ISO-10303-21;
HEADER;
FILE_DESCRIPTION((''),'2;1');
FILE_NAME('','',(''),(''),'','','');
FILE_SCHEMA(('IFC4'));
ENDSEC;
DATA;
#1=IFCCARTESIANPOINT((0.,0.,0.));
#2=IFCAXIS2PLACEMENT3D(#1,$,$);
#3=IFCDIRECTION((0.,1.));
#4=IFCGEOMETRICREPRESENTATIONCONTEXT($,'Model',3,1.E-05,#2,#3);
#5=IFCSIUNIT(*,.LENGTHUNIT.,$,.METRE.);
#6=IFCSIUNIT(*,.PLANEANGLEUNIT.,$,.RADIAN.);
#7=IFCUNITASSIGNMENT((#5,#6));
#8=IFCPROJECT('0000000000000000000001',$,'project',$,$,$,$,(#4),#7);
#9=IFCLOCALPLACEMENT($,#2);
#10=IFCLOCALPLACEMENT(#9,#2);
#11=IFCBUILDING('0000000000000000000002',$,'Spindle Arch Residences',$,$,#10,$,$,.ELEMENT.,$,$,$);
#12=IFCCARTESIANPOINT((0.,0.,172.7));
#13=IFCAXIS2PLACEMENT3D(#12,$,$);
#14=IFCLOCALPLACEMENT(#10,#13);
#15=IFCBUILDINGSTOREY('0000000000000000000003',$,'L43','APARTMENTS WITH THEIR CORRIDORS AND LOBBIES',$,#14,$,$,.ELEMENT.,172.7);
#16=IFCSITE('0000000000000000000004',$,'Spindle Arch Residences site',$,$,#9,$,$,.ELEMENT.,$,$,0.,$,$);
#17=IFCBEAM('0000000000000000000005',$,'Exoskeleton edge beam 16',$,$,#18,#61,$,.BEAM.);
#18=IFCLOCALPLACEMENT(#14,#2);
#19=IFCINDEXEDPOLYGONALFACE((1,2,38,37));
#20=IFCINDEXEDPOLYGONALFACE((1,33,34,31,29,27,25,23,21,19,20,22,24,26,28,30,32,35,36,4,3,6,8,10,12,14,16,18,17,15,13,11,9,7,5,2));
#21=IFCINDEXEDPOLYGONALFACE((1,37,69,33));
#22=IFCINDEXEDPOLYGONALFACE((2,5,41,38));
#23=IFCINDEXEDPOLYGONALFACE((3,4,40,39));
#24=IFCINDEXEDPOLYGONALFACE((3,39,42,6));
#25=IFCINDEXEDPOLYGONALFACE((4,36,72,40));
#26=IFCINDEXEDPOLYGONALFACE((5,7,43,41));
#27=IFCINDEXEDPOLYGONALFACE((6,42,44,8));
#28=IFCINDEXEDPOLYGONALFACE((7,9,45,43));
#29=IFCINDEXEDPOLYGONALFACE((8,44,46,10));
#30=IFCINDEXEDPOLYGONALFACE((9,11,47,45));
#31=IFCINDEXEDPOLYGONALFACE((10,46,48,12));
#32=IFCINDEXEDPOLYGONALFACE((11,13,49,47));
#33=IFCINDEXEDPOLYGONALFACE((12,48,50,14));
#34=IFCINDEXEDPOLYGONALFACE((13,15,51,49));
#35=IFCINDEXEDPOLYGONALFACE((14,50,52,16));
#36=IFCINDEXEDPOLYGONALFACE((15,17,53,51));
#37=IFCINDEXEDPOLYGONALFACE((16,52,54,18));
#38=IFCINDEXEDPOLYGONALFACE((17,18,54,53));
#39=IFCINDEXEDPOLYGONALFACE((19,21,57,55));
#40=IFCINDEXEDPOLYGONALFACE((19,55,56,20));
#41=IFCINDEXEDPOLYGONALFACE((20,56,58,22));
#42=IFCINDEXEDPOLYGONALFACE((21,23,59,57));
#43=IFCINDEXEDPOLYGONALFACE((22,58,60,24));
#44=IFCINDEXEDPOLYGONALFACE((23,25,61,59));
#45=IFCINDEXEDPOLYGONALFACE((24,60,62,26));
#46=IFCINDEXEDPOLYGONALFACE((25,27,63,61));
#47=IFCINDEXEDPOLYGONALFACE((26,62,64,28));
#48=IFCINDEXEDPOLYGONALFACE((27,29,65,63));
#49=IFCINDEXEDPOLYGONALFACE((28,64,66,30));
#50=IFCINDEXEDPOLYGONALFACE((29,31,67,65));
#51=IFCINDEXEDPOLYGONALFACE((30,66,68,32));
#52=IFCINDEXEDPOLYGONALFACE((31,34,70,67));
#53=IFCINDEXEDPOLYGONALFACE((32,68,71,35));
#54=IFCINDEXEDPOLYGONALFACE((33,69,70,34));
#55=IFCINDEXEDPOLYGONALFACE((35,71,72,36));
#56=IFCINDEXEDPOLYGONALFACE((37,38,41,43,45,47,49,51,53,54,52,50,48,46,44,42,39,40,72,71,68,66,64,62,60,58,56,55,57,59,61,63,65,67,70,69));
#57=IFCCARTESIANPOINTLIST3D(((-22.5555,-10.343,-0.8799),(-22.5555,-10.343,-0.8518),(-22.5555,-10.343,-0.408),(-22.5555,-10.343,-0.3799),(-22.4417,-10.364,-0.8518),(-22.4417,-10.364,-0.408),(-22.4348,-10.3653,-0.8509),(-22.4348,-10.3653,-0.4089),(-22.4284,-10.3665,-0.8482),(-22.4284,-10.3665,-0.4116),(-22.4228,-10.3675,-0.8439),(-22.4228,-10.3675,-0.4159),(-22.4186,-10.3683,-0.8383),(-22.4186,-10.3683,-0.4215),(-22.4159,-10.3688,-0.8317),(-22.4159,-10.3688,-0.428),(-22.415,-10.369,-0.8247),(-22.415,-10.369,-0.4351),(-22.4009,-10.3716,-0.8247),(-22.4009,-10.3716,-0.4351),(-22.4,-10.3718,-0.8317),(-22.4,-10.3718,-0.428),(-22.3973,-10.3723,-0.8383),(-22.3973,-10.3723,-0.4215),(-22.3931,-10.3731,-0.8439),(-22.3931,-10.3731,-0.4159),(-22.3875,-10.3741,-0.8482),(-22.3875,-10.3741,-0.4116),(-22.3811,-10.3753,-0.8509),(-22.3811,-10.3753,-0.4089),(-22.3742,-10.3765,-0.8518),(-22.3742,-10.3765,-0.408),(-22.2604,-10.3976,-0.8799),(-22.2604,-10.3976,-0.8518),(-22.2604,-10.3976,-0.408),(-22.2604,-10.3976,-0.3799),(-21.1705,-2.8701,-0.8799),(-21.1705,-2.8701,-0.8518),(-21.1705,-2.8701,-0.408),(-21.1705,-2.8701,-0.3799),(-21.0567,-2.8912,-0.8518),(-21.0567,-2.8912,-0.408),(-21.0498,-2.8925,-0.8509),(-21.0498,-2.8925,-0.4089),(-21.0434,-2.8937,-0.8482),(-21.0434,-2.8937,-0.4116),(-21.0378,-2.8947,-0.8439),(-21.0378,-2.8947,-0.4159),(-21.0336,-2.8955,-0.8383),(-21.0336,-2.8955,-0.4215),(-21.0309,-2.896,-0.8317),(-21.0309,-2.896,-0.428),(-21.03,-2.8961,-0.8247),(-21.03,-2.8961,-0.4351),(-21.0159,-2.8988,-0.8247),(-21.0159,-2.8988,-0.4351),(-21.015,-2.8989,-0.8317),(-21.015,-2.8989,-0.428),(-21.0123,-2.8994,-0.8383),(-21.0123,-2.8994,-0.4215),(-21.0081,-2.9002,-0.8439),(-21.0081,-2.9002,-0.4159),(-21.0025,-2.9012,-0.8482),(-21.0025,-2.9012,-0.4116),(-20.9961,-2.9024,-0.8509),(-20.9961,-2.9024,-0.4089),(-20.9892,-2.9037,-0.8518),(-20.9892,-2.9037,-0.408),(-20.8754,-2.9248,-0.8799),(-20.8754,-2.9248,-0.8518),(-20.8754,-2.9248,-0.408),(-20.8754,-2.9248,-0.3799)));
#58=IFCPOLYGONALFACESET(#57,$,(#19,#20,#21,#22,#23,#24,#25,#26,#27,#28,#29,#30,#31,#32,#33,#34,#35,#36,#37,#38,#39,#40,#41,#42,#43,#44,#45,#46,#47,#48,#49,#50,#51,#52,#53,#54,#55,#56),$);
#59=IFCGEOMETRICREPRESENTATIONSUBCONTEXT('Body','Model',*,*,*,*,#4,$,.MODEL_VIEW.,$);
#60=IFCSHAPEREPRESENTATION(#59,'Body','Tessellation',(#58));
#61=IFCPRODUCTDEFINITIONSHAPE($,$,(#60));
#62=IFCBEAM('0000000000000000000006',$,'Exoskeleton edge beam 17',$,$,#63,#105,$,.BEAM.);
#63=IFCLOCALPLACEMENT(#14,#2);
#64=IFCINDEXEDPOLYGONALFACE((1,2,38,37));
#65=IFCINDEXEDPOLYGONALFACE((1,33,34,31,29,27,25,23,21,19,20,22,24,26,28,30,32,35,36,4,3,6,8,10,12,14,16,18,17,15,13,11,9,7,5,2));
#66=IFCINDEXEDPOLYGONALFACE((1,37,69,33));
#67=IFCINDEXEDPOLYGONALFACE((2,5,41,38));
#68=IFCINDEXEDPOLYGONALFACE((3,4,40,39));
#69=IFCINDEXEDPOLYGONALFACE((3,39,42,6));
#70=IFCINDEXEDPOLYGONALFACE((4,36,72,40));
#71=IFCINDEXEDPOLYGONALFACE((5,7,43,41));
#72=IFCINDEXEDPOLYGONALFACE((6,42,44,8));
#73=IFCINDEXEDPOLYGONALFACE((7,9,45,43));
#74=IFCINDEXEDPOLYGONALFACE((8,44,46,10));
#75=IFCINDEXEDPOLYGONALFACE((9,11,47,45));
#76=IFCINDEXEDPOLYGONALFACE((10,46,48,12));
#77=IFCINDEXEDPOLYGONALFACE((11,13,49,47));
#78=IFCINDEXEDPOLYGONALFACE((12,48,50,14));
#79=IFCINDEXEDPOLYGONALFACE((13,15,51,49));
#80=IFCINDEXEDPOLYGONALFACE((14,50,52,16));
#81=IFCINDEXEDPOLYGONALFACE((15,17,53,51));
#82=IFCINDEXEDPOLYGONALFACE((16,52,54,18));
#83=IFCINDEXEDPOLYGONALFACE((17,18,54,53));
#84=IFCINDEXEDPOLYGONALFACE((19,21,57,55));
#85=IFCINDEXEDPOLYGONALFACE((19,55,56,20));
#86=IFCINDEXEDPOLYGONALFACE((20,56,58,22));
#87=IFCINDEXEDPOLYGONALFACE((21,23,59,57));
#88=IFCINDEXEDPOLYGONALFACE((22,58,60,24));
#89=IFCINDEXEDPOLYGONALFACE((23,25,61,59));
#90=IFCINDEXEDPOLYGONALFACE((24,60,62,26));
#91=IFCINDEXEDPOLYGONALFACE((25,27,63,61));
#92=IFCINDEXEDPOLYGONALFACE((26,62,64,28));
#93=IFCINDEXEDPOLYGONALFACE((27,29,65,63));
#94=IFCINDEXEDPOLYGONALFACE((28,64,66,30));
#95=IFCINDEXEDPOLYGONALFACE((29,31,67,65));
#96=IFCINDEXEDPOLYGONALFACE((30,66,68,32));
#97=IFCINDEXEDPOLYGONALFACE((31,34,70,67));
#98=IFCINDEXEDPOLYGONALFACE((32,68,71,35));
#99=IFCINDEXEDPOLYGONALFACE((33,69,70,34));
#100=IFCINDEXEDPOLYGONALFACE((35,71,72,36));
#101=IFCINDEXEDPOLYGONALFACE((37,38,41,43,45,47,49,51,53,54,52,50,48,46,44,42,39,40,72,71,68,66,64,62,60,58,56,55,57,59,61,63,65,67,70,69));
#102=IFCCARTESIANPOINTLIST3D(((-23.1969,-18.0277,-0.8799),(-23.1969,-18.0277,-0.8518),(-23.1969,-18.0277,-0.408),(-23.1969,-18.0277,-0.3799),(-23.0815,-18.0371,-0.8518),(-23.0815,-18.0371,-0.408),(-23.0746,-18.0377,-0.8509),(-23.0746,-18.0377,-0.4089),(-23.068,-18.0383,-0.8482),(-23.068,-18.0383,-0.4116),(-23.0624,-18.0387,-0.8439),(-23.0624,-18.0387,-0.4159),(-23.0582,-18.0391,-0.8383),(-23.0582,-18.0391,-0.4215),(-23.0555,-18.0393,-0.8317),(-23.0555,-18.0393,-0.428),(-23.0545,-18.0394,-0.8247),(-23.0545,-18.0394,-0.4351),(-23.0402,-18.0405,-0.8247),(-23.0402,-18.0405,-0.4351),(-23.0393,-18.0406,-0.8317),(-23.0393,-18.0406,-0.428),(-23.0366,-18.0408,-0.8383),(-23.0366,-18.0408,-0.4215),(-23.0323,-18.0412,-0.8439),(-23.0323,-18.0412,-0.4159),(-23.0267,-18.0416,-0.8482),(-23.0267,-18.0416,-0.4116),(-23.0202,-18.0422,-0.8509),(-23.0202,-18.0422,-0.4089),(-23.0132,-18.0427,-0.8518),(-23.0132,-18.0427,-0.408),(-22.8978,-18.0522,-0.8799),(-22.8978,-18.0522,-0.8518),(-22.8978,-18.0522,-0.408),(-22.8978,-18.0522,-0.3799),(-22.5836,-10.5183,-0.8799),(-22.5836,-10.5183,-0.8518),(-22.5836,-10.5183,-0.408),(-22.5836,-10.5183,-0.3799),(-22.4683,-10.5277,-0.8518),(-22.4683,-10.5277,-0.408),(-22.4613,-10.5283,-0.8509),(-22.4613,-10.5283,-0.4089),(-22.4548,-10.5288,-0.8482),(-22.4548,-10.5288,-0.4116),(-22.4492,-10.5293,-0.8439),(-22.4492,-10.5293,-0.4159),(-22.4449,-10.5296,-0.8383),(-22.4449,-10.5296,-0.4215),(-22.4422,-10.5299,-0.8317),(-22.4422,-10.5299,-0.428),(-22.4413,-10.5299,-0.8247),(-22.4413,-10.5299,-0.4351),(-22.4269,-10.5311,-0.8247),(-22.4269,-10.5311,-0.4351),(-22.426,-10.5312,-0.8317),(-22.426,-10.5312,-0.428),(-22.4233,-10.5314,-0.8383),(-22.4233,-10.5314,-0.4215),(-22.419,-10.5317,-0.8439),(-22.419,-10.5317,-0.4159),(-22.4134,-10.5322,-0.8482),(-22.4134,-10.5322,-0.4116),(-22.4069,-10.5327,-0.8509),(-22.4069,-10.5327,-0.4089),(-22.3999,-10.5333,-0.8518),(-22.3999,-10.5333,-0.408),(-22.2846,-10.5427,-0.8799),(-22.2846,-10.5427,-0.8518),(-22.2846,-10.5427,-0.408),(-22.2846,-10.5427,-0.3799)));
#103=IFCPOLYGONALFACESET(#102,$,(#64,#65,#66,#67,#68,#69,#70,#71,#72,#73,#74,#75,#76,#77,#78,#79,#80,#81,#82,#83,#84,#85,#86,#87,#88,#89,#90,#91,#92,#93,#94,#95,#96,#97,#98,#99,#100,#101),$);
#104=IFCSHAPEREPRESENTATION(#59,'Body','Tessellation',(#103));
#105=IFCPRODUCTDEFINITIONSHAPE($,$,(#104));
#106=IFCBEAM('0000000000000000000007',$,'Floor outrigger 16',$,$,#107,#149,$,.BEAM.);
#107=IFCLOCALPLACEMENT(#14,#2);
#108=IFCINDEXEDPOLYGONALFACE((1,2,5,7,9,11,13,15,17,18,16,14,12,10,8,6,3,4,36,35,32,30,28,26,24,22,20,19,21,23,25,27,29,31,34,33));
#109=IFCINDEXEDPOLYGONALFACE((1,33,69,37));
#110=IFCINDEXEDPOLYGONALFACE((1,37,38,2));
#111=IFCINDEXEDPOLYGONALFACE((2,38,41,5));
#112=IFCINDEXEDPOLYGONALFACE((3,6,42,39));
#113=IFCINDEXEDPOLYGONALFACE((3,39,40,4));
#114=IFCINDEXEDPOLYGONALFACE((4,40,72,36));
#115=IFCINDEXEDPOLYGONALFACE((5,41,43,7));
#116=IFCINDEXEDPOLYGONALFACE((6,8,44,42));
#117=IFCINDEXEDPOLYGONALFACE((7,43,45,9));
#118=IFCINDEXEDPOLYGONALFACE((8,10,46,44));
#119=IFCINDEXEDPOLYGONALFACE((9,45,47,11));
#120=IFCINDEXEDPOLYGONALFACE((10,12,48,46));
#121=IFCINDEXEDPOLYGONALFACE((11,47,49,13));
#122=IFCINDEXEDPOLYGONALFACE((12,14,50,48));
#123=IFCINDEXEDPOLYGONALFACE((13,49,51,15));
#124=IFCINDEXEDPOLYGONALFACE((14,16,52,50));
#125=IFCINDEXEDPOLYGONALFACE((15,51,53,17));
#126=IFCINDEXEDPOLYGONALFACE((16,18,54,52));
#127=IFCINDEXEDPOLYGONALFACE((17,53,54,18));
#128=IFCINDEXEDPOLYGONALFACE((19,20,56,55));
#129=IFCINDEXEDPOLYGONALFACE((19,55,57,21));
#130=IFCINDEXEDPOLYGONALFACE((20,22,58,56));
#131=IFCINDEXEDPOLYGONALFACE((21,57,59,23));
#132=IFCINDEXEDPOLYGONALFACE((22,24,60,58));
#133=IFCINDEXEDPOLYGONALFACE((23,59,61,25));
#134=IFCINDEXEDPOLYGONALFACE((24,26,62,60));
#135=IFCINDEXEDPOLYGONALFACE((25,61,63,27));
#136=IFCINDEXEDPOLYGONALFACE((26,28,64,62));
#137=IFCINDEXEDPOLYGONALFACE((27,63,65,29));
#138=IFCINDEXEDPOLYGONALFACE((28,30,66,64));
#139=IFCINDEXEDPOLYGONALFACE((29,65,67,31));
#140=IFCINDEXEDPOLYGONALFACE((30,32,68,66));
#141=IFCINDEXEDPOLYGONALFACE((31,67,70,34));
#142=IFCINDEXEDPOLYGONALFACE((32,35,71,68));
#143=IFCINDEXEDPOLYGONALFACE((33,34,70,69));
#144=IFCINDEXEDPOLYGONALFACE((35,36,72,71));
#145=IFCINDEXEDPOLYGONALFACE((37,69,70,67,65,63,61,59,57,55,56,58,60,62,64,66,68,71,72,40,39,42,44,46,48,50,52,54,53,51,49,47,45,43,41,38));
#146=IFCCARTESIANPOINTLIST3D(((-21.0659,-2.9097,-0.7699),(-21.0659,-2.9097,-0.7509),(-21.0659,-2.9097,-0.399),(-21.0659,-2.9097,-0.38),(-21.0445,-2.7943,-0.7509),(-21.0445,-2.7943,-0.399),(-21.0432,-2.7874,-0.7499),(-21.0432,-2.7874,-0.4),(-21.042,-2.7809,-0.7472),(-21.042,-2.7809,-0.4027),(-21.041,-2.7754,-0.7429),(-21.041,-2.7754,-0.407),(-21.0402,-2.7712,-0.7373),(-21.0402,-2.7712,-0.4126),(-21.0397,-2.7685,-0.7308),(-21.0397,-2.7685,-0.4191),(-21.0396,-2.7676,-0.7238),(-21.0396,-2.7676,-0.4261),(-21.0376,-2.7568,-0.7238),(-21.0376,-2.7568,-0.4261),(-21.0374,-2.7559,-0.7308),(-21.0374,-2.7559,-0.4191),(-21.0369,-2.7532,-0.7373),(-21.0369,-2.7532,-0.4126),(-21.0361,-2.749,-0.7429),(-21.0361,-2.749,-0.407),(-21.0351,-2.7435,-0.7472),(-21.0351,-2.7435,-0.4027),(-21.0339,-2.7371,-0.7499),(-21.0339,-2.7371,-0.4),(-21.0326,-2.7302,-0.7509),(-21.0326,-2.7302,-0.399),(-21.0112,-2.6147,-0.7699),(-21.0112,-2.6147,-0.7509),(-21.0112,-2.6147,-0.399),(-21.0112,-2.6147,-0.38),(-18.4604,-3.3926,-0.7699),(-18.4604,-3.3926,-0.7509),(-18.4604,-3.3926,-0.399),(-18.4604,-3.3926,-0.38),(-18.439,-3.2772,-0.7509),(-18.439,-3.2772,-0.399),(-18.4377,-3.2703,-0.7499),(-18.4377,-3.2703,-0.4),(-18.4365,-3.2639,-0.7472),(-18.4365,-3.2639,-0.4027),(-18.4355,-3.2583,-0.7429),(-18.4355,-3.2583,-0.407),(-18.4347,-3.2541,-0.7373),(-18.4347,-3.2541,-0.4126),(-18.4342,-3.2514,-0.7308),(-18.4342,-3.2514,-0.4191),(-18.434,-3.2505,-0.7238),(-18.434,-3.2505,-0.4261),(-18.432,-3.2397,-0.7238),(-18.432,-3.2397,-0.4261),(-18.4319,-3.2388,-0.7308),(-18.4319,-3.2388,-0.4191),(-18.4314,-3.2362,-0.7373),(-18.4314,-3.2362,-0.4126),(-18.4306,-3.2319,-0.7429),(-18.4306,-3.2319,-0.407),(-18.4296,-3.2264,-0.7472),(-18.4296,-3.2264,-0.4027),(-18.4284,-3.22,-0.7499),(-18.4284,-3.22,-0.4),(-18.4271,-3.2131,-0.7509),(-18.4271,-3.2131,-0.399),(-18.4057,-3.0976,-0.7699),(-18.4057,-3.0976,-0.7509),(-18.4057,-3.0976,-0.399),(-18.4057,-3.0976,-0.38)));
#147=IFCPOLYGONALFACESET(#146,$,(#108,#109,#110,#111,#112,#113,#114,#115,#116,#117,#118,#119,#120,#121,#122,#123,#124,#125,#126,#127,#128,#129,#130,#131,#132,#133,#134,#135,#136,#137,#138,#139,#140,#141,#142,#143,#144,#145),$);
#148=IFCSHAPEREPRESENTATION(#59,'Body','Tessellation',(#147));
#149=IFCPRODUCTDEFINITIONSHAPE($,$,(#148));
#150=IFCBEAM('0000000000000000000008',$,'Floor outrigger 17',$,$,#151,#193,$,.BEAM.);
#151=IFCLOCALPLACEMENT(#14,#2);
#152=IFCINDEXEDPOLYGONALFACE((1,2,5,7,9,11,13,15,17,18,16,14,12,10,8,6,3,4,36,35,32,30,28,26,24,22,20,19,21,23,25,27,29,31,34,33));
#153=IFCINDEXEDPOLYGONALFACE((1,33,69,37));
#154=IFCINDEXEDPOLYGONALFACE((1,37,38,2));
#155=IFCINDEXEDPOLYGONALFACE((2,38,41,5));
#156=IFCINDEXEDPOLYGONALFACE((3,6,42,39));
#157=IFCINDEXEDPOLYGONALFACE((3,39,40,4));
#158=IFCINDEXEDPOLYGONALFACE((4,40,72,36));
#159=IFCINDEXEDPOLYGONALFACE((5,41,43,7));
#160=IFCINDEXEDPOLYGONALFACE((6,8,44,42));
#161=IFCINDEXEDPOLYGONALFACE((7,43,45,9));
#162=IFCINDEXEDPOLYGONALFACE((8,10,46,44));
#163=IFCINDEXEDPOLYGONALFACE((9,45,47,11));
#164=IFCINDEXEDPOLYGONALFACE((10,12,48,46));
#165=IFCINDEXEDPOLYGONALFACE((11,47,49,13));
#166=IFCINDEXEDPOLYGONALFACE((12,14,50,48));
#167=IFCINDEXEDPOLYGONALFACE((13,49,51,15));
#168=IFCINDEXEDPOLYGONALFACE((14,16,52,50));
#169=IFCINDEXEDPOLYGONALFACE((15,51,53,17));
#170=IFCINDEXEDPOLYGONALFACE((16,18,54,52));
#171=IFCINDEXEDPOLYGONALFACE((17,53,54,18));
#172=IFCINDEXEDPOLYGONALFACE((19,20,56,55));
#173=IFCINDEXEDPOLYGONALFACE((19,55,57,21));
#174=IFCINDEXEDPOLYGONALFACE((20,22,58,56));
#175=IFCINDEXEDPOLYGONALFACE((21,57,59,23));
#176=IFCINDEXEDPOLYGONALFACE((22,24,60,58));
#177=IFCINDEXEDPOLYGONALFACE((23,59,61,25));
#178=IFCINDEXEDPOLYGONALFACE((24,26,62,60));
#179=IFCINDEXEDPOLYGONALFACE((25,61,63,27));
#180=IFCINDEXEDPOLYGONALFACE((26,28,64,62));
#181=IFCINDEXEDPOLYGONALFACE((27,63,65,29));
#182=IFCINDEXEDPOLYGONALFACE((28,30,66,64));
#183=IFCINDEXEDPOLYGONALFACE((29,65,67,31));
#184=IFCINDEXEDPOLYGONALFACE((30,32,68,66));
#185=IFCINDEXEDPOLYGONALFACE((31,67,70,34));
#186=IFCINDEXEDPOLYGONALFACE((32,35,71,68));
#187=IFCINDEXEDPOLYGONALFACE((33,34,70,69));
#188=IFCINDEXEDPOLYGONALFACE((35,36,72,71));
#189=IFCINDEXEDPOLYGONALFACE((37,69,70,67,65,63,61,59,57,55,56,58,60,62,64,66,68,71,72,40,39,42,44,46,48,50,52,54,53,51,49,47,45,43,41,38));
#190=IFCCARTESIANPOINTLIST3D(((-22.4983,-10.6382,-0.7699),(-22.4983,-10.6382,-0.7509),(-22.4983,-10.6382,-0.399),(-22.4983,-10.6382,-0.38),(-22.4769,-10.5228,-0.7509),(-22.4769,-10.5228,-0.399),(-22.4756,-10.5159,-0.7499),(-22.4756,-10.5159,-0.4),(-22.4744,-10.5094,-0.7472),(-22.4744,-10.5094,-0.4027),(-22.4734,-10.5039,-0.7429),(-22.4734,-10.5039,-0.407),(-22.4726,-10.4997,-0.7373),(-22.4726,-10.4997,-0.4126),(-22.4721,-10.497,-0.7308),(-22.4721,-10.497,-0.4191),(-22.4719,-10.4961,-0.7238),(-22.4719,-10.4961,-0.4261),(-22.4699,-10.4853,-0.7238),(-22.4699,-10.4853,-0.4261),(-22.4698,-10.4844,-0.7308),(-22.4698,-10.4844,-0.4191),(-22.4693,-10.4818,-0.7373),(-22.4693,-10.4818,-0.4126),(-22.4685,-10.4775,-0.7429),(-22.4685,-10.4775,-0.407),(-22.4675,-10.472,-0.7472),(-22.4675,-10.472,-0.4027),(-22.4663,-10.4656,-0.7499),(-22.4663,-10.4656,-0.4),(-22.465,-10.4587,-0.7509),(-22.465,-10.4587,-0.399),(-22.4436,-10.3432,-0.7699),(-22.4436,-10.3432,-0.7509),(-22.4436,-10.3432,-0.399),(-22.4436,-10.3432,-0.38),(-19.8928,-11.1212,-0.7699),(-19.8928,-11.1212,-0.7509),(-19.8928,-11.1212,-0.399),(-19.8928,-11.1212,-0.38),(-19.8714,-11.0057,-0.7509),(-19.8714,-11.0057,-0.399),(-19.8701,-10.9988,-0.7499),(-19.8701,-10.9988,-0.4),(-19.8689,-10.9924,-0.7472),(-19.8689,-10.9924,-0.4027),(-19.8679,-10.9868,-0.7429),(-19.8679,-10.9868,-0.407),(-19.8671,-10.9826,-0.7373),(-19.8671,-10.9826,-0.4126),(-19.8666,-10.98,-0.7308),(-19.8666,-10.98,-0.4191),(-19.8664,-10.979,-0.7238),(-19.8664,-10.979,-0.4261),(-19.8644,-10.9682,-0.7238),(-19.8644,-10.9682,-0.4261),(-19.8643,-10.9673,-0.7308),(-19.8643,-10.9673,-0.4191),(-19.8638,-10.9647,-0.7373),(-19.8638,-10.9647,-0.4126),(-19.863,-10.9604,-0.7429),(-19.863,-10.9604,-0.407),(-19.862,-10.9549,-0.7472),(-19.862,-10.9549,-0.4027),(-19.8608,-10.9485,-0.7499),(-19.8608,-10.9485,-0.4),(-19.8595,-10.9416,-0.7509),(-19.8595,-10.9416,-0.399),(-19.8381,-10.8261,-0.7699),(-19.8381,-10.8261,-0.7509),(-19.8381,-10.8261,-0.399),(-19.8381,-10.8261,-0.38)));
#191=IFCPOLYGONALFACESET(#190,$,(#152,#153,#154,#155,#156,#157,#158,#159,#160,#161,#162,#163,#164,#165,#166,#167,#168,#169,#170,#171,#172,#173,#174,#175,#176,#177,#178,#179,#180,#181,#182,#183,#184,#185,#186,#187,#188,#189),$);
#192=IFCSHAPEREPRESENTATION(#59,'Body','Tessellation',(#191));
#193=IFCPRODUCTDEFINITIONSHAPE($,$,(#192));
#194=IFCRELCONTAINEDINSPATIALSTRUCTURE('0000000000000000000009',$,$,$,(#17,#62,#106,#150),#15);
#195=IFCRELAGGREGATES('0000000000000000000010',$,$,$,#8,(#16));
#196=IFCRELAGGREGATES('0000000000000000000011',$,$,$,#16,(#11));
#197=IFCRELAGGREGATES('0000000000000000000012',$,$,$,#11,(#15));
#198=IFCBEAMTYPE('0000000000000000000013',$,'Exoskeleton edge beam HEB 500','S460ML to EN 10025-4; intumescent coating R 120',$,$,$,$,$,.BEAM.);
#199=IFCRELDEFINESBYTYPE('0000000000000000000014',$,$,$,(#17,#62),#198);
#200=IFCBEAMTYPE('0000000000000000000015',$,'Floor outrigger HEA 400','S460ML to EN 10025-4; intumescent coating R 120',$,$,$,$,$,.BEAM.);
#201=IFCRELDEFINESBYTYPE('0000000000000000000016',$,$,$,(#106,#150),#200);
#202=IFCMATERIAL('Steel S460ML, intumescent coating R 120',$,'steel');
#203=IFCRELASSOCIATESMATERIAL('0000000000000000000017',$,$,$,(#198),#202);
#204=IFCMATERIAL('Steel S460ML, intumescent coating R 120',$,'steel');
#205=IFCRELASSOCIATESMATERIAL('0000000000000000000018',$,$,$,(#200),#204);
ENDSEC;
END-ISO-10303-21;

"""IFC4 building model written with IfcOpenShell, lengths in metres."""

from ifc_helpers import new_model, si_unit, direction, frame, origin, origin_2d, place, context, subcontext, project, spatial, i_section, extrude, material, material_profile, profile_set, type_object, element, save


model = new_model("IFC4")

# Units and contexts
model_context = context("Model", 3, precision=1e-05, world=origin(), true_north=direction((0.0, 1.0)))
body_context = subcontext(model_context, "Body", "Model", "MODEL_VIEW")
ifc_project = project(units=[si_unit("LENGTHUNIT", "METRE"), si_unit("PLANEANGLEUNIT", "RADIAN")], contexts=[model_context])

# Site, building, storey
site_placement = place(None, origin())
site = spatial("IfcSite", under=ifc_project, at=site_placement, Name="Spindle Arch Residences site", CompositionType="ELEMENT", RefElevation=0.0)
building_placement = place(site_placement, origin())
building = spatial("IfcBuilding", under=site, at=building_placement, Name="Spindle Arch Residences", CompositionType="ELEMENT")
storey_placement = place(building_placement, frame((0.0, 0.0, 172.7)))
storey = spatial("IfcBuildingStorey", under=building, at=storey_placement, Name="L43", Description="APARTMENTS WITH THEIR CORRIDORS AND LOBBIES", CompositionType="ELEMENT", Elevation=172.7)

# Beams
ifc_material_1 = material(Name="Steel S460ML, intumescent coating R 120", Category="steel")
ifc_material_profile_1 = material_profile(ifc_material_1, i_section(OverallWidth=0.3, OverallDepth=0.5, WebThickness=0.0144, FlangeThickness=0.0281, FilletRadius=0.0271, at=origin_2d()), Name="HEB 500")
ifc_profile_set_1 = profile_set([ifc_material_profile_1], Name="Steel S460ML, intumescent coating R 120")
beam_type_1 = type_object("IfcBeamType", Name="Exoskeleton edge beam HEB 500", Description="S460ML to EN 10025-4; intumescent coating R 120", PredefinedType="BEAM", material=ifc_profile_set_1)
beam_1_placement = place(storey_placement, frame((-21.0229, -2.8975, -0.6299), z_axis=(-0.182234, -0.983255, 0.0), x_axis=(0.983255, -0.182234, 0.0)))
element("IfcBeam", 1, at=beam_1_placement, inside=storey, type_object=beam_type_1, Name="Exoskeleton edge beam 16", PredefinedType="BEAM", context=body_context, shape_type="SweptSolid", body=[
    extrude(i_section(OverallWidth=0.3, OverallDepth=0.5, WebThickness=0.0144, FlangeThickness=0.0281, FilletRadius=0.0271, at=origin_2d()), origin(), (0.0, 0.0, 1.0), 7.6001),
])
beam_2_placement = place(storey_placement, frame((-22.4341, -10.5305, -0.6299), z_axis=(-0.081396, -0.996682, 0.0), x_axis=(0.996682, -0.081396, 0.0)))
element("IfcBeam", 2, at=beam_2_placement, inside=storey, type_object=beam_type_1, Name="Exoskeleton edge beam 17", PredefinedType="BEAM", context=body_context, shape_type="SweptSolid", body=[
    extrude(i_section(OverallWidth=0.3, OverallDepth=0.5, WebThickness=0.0144, FlangeThickness=0.0281, FilletRadius=0.0271, at=origin_2d()), origin(), (0.0, 0.0, 1.0), 7.5344),
])
ifc_material_2 = material(Name="Steel S460ML, intumescent coating R 120", Category="steel")
ifc_material_profile_2 = material_profile(ifc_material_2, i_section(OverallWidth=0.3, OverallDepth=0.3899, WebThickness=0.011, FlangeThickness=0.019, FilletRadius=0.0271, at=origin_2d()), Name="HEA 400")
ifc_profile_set_2 = profile_set([ifc_material_profile_2], Name="Steel S460ML, intumescent coating R 120")
beam_type_2 = type_object("IfcBeamType", Name="Floor outrigger HEA 400", Description="S460ML to EN 10025-4; intumescent coating R 120", PredefinedType="BEAM", material=ifc_profile_set_2)
for number, where, z_axis, x_axis, name in (
    (3, (-21.0386, -2.7622, -0.575), (0.983254, -0.182241, 0.0), (0.182241, 0.983254, 0.0), "Floor outrigger 16"),
    (4, (-22.4709, -10.4907, -0.575), (0.983254, -0.182241, 0.0), (0.182241, 0.983254, 0.0), "Floor outrigger 17"),
):
    element("IfcBeam", number, at=place(storey_placement, frame(where, z_axis=z_axis, x_axis=x_axis)), inside=storey, type_object=beam_type_2, Name=name, PredefinedType="BEAM", context=body_context, shape_type="SweptSolid", body=[
        extrude(i_section(OverallWidth=0.3, OverallDepth=0.3899, WebThickness=0.011, FlangeThickness=0.019, FilletRadius=0.0271, at=origin_2d()), origin(), (0.0, 0.0, 1.0), 2.6499),
    ])

save(model, "model.ifc")
